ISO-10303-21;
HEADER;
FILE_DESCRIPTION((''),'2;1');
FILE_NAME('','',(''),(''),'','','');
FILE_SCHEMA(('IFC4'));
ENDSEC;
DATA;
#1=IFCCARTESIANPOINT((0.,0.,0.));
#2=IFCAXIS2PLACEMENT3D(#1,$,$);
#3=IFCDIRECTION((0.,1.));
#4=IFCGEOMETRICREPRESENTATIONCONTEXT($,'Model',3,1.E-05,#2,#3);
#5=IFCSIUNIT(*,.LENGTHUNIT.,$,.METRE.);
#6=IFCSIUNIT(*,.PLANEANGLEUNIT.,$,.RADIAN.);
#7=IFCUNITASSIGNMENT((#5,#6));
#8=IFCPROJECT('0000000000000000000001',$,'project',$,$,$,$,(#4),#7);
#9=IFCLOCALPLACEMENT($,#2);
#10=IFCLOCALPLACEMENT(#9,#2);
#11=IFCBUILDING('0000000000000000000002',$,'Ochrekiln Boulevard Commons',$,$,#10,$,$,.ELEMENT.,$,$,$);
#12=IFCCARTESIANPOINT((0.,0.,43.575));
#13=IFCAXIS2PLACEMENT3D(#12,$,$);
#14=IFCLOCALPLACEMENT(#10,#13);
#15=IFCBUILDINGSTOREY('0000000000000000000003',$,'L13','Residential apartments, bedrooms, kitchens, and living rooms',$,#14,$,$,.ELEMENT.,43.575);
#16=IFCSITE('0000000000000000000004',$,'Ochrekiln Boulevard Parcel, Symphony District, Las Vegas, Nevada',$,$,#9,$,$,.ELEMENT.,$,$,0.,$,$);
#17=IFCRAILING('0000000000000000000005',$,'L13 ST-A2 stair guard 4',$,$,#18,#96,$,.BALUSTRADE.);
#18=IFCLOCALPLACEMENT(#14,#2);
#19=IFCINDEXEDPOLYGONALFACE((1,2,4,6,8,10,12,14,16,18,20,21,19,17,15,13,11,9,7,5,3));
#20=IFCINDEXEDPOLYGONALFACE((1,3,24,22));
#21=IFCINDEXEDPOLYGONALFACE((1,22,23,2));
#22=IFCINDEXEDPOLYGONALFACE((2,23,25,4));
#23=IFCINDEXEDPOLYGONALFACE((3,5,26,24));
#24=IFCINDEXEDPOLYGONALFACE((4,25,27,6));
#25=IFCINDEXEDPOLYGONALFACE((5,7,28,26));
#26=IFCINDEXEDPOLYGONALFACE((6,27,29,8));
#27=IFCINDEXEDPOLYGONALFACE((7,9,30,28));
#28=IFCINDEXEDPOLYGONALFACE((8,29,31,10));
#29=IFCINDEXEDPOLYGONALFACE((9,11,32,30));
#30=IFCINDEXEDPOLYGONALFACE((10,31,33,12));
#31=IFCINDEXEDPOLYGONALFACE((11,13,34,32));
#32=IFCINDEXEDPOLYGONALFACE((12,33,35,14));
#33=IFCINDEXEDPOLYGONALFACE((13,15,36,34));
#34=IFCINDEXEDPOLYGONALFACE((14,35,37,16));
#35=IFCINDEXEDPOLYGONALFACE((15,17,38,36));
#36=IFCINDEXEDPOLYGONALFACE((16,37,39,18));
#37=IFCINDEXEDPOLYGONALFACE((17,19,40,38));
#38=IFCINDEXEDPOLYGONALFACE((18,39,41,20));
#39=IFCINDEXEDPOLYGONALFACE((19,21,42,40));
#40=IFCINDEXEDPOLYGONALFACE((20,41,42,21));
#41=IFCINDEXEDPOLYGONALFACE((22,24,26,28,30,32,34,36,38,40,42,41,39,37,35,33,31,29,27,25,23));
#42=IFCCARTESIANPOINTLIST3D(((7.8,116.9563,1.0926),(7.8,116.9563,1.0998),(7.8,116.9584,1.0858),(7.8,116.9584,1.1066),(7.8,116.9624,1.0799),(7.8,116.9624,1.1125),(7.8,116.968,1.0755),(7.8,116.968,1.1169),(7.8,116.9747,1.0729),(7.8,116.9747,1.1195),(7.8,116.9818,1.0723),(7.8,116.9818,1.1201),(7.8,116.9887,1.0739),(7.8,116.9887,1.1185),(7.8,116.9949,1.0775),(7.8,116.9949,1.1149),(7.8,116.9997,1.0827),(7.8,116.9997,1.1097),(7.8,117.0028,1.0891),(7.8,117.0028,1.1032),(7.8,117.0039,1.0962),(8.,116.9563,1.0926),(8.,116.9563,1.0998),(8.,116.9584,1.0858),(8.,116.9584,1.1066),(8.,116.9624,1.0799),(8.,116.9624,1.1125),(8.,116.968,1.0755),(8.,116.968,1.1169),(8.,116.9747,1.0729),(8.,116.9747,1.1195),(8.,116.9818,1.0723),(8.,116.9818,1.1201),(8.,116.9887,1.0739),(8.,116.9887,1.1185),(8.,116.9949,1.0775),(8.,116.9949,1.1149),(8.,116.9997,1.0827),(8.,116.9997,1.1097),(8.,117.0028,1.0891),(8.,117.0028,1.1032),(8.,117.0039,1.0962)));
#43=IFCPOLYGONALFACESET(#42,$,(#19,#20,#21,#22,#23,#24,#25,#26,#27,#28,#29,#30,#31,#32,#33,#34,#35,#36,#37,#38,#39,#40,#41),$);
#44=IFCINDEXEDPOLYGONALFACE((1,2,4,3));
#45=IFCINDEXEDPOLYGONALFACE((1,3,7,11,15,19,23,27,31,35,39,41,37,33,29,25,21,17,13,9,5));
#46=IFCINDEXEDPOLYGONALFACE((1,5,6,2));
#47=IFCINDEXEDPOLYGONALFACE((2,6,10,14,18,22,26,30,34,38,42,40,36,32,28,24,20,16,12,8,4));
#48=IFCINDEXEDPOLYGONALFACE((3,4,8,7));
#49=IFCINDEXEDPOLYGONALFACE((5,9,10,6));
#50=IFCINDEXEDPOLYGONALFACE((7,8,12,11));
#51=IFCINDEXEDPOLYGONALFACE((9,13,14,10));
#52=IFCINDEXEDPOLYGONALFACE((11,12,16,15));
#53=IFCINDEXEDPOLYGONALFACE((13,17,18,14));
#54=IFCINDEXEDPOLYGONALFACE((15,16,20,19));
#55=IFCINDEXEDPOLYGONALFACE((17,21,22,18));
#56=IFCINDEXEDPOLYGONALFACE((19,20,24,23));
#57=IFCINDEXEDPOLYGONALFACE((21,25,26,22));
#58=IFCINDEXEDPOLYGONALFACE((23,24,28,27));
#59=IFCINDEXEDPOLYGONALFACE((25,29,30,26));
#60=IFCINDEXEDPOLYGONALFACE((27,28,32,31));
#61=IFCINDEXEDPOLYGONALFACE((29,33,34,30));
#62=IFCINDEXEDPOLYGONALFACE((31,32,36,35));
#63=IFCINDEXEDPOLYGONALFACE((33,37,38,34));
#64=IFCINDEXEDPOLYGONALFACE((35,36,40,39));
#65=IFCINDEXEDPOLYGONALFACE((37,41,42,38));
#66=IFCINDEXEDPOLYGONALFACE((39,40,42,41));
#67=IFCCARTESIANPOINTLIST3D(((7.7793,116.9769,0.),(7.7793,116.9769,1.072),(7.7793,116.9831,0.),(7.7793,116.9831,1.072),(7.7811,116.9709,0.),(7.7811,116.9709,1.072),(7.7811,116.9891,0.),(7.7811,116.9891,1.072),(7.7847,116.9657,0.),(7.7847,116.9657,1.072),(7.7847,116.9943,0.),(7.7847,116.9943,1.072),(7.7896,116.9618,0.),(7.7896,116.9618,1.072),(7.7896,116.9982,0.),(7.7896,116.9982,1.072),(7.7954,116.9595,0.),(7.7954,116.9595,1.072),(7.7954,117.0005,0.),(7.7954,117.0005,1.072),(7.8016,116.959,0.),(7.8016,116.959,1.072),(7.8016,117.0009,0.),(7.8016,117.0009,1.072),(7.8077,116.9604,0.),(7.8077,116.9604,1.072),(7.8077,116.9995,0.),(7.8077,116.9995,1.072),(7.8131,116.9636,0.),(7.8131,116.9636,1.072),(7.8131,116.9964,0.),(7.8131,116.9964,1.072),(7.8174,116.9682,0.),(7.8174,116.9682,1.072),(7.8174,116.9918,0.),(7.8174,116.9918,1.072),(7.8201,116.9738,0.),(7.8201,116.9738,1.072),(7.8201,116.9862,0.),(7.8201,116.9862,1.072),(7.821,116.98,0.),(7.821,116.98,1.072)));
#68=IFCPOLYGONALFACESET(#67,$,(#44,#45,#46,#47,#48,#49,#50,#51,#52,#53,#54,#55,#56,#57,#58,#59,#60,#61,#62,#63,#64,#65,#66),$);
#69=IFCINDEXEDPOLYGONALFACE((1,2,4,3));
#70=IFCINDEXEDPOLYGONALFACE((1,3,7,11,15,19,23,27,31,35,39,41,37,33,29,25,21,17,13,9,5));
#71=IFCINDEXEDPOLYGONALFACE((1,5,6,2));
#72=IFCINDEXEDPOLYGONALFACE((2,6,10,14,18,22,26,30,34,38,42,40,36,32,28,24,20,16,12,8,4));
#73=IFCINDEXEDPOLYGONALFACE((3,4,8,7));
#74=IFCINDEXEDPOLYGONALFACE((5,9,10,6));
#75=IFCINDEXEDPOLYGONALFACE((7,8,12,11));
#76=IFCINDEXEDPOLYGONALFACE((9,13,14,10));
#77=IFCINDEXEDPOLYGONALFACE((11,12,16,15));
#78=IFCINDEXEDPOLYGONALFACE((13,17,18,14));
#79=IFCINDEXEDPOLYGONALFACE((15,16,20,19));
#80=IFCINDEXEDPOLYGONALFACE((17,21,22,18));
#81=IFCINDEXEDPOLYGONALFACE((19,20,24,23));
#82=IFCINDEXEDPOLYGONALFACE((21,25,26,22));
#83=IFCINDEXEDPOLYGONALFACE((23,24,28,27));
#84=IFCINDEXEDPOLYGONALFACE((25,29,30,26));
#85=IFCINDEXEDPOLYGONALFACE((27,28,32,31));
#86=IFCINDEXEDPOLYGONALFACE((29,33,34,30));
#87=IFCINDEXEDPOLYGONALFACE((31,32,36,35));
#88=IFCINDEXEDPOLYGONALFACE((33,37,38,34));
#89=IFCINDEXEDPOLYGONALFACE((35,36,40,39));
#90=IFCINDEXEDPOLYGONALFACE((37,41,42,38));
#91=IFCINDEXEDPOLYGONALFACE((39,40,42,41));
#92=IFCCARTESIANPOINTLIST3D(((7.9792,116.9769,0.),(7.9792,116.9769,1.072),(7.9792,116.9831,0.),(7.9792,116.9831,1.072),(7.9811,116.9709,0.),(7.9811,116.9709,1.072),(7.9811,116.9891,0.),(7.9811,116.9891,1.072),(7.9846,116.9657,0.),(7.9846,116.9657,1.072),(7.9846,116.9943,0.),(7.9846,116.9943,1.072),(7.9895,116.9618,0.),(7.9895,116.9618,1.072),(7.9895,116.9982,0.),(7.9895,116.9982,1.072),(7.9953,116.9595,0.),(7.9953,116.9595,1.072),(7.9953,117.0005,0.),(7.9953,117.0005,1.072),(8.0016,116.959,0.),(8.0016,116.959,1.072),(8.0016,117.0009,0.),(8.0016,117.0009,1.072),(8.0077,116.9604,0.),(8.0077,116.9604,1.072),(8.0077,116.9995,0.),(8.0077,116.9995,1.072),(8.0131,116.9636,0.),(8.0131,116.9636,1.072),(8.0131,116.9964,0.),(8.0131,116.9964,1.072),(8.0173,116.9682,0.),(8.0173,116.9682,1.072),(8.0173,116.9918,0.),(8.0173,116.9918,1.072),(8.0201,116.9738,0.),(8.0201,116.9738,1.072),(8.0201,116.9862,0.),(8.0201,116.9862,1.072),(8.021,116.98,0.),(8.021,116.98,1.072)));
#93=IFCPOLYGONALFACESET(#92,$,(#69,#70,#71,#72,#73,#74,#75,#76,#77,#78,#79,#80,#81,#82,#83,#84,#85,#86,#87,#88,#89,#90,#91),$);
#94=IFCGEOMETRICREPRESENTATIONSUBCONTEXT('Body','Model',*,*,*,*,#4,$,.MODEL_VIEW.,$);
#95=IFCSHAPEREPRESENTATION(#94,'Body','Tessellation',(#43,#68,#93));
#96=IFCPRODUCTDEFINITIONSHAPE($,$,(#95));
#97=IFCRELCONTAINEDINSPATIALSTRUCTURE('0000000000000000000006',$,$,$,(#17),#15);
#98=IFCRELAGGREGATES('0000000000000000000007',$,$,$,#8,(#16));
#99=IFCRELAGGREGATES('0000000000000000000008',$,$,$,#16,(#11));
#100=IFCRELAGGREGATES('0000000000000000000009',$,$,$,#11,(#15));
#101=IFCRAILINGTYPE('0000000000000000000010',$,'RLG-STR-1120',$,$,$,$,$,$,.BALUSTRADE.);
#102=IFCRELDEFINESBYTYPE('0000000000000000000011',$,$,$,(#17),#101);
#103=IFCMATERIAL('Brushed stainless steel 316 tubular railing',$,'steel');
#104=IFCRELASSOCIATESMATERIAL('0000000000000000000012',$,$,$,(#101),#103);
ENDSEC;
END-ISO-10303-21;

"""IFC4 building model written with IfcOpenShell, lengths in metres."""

from ifc_helpers import new_model, si_unit, direction, frame, origin, origin_2d, place, context, subcontext, project, spatial, circle, extrude, material, type_object, element, save


model = new_model("IFC4")

# Units and contexts
model_context = context("Model", 3, precision=1e-05, world=origin(), true_north=direction((0.0, 1.0)))
body_context = subcontext(model_context, "Body", "Model", "MODEL_VIEW")
ifc_project = project(units=[si_unit("LENGTHUNIT", "METRE"), si_unit("PLANEANGLEUNIT", "RADIAN")], contexts=[model_context])

# Site, building, storey
site_placement = place(None, origin())
site = spatial("IfcSite", under=ifc_project, at=site_placement, Name="Ochrekiln Boulevard Parcel, Symphony District, Las Vegas, Nevada", CompositionType="ELEMENT", RefElevation=0.0)
building_placement = place(site_placement, origin())
building = spatial("IfcBuilding", under=site, at=building_placement, Name="Ochrekiln Boulevard Commons", CompositionType="ELEMENT")
storey_placement = place(building_placement, frame((0.0, 0.0, 43.575)))
storey = spatial("IfcBuildingStorey", under=building, at=storey_placement, Name="L13", Description="Residential apartments, bedrooms, kitchens, and living rooms", CompositionType="ELEMENT", Elevation=43.575)

# Railing
ifc_material_1 = material(Name="Brushed stainless steel 316 tubular railing", Category="steel")
railing_type_1 = type_object("IfcRailingType", Name="RLG-STR-1120", PredefinedType="BALUSTRADE", material=ifc_material_1)
railing_1_placement = place(storey_placement, frame((7.8, 116.98, 0.0)))
element("IfcRailing", 1, at=railing_1_placement, inside=storey, type_object=railing_type_1, Name="L13 ST-A2 stair guard 4", PredefinedType="BALUSTRADE", context=body_context, shape_type="SweptSolid", body=[
    extrude(circle(Radius=0.0239, at=origin_2d()), frame((0.0, 0.0, 1.0962), z_axis=(1.0, 0.0, 0.0), x_axis=(0.0, 1.0, 0.0)), (0.0, 0.0, 1.0), 0.2),
    extrude(circle(Radius=0.021, at=origin_2d()), origin(), (0.0, 0.0, 1.0), 1.072),
    extrude(circle(Radius=0.021, at=origin_2d()), frame((0.2, 0.0, 0.0)), (0.0, 0.0, 1.0), 1.072),
])

save(model, "model.ifc")
